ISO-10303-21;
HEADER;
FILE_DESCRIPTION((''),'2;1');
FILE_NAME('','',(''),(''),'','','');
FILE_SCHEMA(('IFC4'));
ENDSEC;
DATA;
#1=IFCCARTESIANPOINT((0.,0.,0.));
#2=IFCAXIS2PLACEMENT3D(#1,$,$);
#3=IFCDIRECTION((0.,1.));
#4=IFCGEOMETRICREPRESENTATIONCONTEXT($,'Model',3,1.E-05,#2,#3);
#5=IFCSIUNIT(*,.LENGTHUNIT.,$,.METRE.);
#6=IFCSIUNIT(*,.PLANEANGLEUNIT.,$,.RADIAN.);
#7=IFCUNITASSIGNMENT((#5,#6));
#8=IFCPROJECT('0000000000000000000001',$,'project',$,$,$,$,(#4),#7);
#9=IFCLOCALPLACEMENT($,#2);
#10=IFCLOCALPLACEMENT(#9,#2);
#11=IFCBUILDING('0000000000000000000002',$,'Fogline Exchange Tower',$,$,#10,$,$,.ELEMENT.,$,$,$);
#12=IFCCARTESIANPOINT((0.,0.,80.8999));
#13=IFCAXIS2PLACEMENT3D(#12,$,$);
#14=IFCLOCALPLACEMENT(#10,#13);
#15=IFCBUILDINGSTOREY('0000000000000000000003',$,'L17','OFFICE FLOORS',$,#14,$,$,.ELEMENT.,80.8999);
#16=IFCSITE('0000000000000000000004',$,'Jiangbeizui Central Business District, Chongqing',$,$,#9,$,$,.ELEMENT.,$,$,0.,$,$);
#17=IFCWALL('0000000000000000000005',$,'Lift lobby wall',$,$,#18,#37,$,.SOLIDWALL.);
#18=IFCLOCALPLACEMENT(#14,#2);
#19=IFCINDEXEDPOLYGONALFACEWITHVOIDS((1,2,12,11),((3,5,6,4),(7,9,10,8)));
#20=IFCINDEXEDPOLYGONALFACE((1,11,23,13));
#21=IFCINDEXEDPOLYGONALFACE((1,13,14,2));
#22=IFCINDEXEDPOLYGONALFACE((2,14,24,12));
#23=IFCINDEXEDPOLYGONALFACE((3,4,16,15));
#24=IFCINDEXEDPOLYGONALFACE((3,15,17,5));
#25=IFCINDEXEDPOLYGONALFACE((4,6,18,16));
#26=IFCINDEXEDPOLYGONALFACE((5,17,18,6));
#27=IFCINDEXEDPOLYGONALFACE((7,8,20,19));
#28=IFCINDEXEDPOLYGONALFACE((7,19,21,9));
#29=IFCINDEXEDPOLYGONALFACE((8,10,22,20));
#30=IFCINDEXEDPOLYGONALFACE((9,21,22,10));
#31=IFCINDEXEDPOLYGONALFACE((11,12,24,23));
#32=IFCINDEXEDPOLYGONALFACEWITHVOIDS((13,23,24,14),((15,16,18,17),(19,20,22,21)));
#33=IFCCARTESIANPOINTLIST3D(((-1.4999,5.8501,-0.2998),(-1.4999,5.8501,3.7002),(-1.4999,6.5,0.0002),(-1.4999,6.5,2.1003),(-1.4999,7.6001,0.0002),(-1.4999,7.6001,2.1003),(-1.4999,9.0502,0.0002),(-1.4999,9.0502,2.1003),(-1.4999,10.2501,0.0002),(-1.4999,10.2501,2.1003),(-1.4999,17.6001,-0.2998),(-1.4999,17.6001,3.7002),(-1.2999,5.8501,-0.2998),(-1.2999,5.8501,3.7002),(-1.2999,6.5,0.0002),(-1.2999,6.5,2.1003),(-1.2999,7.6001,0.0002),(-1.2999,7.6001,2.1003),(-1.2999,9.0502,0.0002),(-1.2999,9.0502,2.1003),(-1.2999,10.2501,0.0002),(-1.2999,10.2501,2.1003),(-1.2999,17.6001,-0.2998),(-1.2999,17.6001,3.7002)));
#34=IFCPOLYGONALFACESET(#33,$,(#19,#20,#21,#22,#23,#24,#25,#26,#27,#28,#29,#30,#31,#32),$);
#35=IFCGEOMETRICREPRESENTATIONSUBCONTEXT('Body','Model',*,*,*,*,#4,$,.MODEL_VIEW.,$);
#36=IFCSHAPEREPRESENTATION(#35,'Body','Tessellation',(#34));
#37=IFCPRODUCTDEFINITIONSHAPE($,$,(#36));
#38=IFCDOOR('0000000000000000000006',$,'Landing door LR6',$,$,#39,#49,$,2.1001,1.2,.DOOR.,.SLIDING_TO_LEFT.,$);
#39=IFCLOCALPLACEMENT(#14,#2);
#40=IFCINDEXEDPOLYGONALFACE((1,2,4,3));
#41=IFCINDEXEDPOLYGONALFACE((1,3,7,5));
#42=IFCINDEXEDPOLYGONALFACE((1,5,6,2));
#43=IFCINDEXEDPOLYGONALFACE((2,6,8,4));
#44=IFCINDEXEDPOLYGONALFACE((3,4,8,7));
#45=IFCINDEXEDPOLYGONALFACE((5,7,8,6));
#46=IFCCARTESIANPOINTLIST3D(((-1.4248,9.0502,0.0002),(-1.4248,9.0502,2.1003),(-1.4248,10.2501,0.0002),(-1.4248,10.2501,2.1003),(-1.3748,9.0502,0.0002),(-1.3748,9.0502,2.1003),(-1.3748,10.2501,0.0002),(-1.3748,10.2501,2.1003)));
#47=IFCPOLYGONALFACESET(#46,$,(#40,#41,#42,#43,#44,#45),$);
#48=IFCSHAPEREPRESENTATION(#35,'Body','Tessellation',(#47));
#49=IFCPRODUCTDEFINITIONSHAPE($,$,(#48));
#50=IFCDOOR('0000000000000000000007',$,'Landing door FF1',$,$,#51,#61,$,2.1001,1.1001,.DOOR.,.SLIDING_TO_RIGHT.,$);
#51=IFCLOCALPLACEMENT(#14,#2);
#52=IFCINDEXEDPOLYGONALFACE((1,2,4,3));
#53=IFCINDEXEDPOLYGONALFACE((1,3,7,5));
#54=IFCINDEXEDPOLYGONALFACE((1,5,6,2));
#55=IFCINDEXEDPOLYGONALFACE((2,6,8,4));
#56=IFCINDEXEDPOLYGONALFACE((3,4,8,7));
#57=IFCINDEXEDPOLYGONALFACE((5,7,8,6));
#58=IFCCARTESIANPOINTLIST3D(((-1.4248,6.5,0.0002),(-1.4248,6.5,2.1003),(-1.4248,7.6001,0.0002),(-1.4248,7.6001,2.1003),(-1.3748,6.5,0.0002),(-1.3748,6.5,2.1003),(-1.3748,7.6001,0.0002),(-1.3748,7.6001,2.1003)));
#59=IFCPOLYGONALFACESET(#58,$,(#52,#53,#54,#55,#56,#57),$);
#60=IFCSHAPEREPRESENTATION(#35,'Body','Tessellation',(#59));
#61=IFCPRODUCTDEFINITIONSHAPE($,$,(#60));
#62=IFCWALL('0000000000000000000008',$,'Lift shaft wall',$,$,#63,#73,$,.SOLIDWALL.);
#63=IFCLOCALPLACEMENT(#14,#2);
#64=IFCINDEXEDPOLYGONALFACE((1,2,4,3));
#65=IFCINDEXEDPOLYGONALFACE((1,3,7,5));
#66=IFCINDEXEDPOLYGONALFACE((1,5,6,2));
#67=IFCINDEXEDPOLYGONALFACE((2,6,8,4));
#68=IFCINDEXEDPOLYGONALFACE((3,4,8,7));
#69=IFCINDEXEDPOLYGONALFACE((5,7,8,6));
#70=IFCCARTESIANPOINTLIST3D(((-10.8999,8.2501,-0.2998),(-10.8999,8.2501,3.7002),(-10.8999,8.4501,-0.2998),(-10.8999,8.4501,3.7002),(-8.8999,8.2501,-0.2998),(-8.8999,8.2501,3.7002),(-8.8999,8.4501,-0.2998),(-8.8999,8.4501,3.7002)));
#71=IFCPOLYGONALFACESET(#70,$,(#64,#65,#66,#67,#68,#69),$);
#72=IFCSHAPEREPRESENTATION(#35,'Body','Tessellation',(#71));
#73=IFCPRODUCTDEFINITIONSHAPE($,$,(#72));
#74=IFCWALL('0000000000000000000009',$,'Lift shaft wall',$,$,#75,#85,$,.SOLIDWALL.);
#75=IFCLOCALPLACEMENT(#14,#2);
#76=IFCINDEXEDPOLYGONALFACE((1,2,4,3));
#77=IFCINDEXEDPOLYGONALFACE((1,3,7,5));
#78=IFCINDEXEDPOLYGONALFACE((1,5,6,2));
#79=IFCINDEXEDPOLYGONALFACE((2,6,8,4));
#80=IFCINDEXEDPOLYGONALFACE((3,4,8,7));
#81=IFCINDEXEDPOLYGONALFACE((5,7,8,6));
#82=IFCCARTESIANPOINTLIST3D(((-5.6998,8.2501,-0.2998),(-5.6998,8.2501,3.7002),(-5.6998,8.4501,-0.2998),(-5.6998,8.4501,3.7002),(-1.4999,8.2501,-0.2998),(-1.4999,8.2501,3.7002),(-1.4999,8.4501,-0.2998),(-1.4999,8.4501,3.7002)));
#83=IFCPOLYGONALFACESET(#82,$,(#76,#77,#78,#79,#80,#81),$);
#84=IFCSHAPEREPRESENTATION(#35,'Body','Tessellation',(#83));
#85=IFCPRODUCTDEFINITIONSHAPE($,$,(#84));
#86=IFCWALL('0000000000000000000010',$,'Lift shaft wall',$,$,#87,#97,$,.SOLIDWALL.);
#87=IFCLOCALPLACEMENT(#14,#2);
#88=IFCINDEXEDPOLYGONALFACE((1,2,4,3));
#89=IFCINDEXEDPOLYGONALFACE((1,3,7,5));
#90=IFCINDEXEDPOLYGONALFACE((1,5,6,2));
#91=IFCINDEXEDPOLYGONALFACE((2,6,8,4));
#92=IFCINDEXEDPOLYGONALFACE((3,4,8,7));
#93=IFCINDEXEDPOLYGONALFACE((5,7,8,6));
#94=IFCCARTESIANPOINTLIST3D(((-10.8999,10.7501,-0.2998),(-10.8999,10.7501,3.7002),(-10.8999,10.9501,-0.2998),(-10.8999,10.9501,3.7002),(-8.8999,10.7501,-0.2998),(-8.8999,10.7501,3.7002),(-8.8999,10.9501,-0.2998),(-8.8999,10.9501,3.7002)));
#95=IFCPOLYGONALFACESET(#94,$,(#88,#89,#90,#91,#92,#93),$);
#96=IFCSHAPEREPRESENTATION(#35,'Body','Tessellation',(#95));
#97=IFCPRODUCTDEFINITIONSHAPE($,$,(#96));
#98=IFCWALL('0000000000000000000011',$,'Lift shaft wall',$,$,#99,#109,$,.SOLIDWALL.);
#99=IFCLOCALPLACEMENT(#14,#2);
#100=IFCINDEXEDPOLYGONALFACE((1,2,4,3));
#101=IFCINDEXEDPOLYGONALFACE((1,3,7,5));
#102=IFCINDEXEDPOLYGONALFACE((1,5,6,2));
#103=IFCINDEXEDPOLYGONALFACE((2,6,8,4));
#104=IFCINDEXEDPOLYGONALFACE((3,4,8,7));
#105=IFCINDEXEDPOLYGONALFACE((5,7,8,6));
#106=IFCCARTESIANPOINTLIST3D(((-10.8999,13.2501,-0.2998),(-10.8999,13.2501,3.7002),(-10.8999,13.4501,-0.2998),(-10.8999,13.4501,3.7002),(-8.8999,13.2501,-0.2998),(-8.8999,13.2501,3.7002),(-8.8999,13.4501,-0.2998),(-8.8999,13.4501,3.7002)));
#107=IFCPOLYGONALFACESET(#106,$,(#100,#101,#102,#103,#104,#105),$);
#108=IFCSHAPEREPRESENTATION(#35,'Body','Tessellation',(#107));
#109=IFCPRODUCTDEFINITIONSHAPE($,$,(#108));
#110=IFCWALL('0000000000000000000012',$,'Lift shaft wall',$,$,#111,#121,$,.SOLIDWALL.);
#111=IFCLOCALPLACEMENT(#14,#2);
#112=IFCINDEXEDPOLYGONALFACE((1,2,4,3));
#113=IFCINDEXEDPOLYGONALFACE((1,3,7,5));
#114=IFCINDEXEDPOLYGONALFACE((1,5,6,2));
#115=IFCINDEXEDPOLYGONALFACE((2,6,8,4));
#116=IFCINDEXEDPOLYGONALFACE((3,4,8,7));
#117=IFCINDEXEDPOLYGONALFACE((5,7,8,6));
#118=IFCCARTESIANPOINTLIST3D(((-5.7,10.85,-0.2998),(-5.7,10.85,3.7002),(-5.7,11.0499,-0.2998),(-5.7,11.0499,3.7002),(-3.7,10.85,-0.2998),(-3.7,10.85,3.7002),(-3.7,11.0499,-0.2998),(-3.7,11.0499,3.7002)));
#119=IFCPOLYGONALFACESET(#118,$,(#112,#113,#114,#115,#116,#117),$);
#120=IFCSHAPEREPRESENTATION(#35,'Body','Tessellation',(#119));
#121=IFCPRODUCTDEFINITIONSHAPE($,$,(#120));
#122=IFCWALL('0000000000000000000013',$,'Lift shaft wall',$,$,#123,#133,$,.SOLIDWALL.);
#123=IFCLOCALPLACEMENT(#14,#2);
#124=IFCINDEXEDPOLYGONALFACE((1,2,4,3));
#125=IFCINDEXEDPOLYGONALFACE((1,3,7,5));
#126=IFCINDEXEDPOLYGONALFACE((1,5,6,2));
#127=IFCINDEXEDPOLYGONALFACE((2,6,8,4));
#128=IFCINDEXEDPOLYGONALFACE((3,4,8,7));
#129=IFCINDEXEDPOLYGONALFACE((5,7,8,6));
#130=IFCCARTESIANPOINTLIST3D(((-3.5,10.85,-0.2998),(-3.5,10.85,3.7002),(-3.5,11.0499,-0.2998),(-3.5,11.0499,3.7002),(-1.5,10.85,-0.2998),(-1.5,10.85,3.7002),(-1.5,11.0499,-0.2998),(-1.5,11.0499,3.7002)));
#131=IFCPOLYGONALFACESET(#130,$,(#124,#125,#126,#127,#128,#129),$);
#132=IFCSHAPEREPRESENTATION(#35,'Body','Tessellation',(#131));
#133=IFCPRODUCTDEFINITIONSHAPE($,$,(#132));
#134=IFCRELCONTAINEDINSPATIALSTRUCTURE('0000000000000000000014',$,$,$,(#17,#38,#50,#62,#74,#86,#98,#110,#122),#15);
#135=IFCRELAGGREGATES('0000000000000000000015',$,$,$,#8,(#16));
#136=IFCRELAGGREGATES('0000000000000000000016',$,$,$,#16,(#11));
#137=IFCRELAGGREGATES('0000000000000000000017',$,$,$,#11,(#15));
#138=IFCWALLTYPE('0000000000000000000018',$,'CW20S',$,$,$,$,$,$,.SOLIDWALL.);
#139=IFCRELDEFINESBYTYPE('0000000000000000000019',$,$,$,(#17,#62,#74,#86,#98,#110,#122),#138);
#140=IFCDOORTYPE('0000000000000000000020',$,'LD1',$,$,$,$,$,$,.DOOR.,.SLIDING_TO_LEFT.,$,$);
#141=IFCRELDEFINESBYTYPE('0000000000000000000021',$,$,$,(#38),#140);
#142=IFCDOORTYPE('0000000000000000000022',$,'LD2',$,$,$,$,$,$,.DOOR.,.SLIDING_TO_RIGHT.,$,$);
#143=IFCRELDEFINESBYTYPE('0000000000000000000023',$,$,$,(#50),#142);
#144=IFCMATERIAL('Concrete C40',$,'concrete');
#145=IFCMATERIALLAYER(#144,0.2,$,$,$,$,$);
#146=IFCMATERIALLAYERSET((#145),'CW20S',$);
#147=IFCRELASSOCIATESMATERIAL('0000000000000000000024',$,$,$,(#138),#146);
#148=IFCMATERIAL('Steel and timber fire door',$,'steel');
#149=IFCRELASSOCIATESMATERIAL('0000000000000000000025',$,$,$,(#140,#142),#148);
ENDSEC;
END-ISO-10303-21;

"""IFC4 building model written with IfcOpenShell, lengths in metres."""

from ifc_helpers import new_model, si_unit, direction, frame, frame_2d, origin, place, context, subcontext, project, spatial, rectangle, extrude, material, layer, layer_set, type_object, element, fill, save


model = new_model("IFC4")

# Units and contexts
model_context = context("Model", 3, precision=1e-05, world=origin(), true_north=direction((0.0, 1.0)))
body_context = subcontext(model_context, "Body", "Model", "MODEL_VIEW")
ifc_project = project(units=[si_unit("LENGTHUNIT", "METRE"), si_unit("PLANEANGLEUNIT", "RADIAN")], contexts=[model_context])

# Site, building, storey
site_placement = place(None, origin())
site = spatial("IfcSite", under=ifc_project, at=site_placement, Name="Jiangbeizui Central Business District, Chongqing", CompositionType="ELEMENT", RefElevation=0.0)
building_placement = place(site_placement, origin())
building = spatial("IfcBuilding", under=site, at=building_placement, Name="Fogline Exchange Tower", CompositionType="ELEMENT")
storey_placement = place(building_placement, frame((0.0, 0.0, 80.8999)))
storey = spatial("IfcBuildingStorey", under=building, at=storey_placement, Name="L17", Description="OFFICE FLOORS", CompositionType="ELEMENT", Elevation=80.8999)

# Shared definitions
ifc_material_1 = material(Name="Steel and timber fire door", Category="steel")

# Shared definitions
ifc_material_2 = material(Name="Concrete C40", Category="concrete")

# Shared definitions
ifc_layer_1 = layer(ifc_material_2, 0.2)
ifc_layer_set_1 = layer_set([ifc_layer_1], Name="CW20S")
wall_type_1 = type_object("IfcWallType", Name="CW20S", PredefinedType="SOLIDWALL", material=ifc_layer_set_1)
door_type_1 = type_object("IfcDoorType", Name="LD1", OperationType="SLIDING_TO_LEFT", PredefinedType="DOOR", material=ifc_material_1)

# Wall, openings, doors
wall_1_placement = place(storey_placement, frame((-1.3999, 5.8501, -0.2998), z_axis=(0.0, 0.0, 1.0), x_axis=(0.0, 1.0, 0.0)))
wall_1 = element("IfcWall", 1, at=wall_1_placement, inside=storey, type_object=wall_type_1, Name="Lift lobby wall", PredefinedType="SOLIDWALL", context=body_context, shape_type="SweptSolid", body=[
    extrude(rectangle(XDim=11.75, YDim=0.2, at=frame_2d((5.875, 0.0))), origin(), (0.0, 0.0, 1.0), 4.0),
])
opening_1_placement = place(wall_1_placement, frame((3.2, 0.0, 0.3)))
opening_1 = element("IfcOpeningElement", 2, at=opening_1_placement, cuts=wall_1, PredefinedType="OPENING", context=body_context, shape_type="SweptSolid", body=[
    extrude(rectangle(XDim=1.2, YDim=2.1001, at=frame_2d((0.6001, 1.05))), frame((0.0, 0.1099, 0.0), z_axis=(0.0, -1.0, 0.0), x_axis=(1.0, 0.0, 0.0)), (0.0, 0.0, 1.0), 0.22),
])
opening_2_placement = place(wall_1_placement, frame((0.6499, 0.0, 0.3)))
opening_2 = element("IfcOpeningElement", 3, at=opening_2_placement, cuts=wall_1, PredefinedType="OPENING", context=body_context, shape_type="SweptSolid", body=[
    extrude(rectangle(XDim=1.1001, YDim=2.1001, at=frame_2d((0.55, 1.05))), frame((0.0, 0.1099, 0.0), z_axis=(0.0, -1.0, 0.0), x_axis=(1.0, 0.0, 0.0)), (0.0, 0.0, 1.0), 0.22),
])
door_1_placement = place(opening_1_placement, origin())
door_1 = element("IfcDoor", 4, at=door_1_placement, inside=storey, type_object=door_type_1, Name="Landing door LR6", OperationType="SLIDING_TO_LEFT", OverallHeight=2.1001, OverallWidth=1.2, PredefinedType="DOOR", context=body_context, shape_type="SweptSolid", body=[
    extrude(rectangle(XDim=1.2, YDim=2.1001, at=frame_2d((0.6001, 1.05))), frame((0.0, 0.0249, 0.0), z_axis=(0.0, -1.0, 0.0), x_axis=(1.0, 0.0, 0.0)), (0.0, 0.0, 1.0), 0.05),
])
fill(opening_1, door_1)
door_type_2 = type_object("IfcDoorType", Name="LD2", OperationType="SLIDING_TO_RIGHT", PredefinedType="DOOR", material=ifc_material_1)
door_2_placement = place(opening_2_placement, origin())
door_2 = element("IfcDoor", 5, at=door_2_placement, inside=storey, type_object=door_type_2, Name="Landing door FF1", OperationType="SLIDING_TO_RIGHT", OverallHeight=2.1001, OverallWidth=1.1001, PredefinedType="DOOR", context=body_context, shape_type="SweptSolid", body=[
    extrude(rectangle(XDim=1.1001, YDim=2.1001, at=frame_2d((0.55, 1.05))), frame((0.0, 0.0249, 0.0), z_axis=(0.0, -1.0, 0.0), x_axis=(1.0, 0.0, 0.0)), (0.0, 0.0, 1.0), 0.05),
])
fill(opening_2, door_2)

# Walls
wall_2_placement = place(storey_placement, frame((-10.8999, 8.3501, -0.2998), z_axis=(0.0, 0.0, 1.0), x_axis=(1.0, 0.0, 0.0)))
element("IfcWall", 6, at=wall_2_placement, inside=storey, type_object=wall_type_1, Name="Lift shaft wall", PredefinedType="SOLIDWALL", context=body_context, shape_type="SweptSolid", body=[
    extrude(rectangle(XDim=2.0, YDim=0.2, at=frame_2d((1.0, 0.0))), origin(), (0.0, 0.0, 1.0), 4.0),
])
wall_3_placement = place(storey_placement, frame((-5.7, 8.3501, -0.2998), z_axis=(0.0, 0.0, 1.0), x_axis=(1.0, 0.0, 0.0)))
element("IfcWall", 7, at=wall_3_placement, inside=storey, type_object=wall_type_1, Name="Lift shaft wall", PredefinedType="SOLIDWALL", context=body_context, shape_type="SweptSolid", body=[
    extrude(rectangle(XDim=4.2, YDim=0.2, at=frame_2d((2.1001, 0.0))), origin(), (0.0, 0.0, 1.0), 4.0),
])
for number, where, z_axis, x_axis, name in (
    (8, (-10.8999, 10.8501, -0.2998), (0.0, 0.0, 1.0), (1.0, 0.0, 0.0), "Lift shaft wall"),
    (9, (-10.8999, 13.3501, -0.2998), (0.0, 0.0, 1.0), (1.0, 0.0, 0.0), "Lift shaft wall"),
    (10, (-5.7, 10.95, -0.2998), (0.0, 0.0, 1.0), (1.0, 0.0, 0.0), "Lift shaft wall"),
    (11, (-3.5, 10.95, -0.2998), (0.0, 0.0, 1.0), (1.0, 0.0, 0.0), "Lift shaft wall"),
):
    element("IfcWall", number, at=place(storey_placement, frame(where, z_axis=z_axis, x_axis=x_axis)), inside=storey, type_object=wall_type_1, Name=name, PredefinedType="SOLIDWALL", context=body_context, shape_type="SweptSolid", body=[
        extrude(rectangle(XDim=2.0, YDim=0.2, at=frame_2d((1.0, 0.0))), origin(), (0.0, 0.0, 1.0), 4.0),
    ])

save(model, "model.ifc")
